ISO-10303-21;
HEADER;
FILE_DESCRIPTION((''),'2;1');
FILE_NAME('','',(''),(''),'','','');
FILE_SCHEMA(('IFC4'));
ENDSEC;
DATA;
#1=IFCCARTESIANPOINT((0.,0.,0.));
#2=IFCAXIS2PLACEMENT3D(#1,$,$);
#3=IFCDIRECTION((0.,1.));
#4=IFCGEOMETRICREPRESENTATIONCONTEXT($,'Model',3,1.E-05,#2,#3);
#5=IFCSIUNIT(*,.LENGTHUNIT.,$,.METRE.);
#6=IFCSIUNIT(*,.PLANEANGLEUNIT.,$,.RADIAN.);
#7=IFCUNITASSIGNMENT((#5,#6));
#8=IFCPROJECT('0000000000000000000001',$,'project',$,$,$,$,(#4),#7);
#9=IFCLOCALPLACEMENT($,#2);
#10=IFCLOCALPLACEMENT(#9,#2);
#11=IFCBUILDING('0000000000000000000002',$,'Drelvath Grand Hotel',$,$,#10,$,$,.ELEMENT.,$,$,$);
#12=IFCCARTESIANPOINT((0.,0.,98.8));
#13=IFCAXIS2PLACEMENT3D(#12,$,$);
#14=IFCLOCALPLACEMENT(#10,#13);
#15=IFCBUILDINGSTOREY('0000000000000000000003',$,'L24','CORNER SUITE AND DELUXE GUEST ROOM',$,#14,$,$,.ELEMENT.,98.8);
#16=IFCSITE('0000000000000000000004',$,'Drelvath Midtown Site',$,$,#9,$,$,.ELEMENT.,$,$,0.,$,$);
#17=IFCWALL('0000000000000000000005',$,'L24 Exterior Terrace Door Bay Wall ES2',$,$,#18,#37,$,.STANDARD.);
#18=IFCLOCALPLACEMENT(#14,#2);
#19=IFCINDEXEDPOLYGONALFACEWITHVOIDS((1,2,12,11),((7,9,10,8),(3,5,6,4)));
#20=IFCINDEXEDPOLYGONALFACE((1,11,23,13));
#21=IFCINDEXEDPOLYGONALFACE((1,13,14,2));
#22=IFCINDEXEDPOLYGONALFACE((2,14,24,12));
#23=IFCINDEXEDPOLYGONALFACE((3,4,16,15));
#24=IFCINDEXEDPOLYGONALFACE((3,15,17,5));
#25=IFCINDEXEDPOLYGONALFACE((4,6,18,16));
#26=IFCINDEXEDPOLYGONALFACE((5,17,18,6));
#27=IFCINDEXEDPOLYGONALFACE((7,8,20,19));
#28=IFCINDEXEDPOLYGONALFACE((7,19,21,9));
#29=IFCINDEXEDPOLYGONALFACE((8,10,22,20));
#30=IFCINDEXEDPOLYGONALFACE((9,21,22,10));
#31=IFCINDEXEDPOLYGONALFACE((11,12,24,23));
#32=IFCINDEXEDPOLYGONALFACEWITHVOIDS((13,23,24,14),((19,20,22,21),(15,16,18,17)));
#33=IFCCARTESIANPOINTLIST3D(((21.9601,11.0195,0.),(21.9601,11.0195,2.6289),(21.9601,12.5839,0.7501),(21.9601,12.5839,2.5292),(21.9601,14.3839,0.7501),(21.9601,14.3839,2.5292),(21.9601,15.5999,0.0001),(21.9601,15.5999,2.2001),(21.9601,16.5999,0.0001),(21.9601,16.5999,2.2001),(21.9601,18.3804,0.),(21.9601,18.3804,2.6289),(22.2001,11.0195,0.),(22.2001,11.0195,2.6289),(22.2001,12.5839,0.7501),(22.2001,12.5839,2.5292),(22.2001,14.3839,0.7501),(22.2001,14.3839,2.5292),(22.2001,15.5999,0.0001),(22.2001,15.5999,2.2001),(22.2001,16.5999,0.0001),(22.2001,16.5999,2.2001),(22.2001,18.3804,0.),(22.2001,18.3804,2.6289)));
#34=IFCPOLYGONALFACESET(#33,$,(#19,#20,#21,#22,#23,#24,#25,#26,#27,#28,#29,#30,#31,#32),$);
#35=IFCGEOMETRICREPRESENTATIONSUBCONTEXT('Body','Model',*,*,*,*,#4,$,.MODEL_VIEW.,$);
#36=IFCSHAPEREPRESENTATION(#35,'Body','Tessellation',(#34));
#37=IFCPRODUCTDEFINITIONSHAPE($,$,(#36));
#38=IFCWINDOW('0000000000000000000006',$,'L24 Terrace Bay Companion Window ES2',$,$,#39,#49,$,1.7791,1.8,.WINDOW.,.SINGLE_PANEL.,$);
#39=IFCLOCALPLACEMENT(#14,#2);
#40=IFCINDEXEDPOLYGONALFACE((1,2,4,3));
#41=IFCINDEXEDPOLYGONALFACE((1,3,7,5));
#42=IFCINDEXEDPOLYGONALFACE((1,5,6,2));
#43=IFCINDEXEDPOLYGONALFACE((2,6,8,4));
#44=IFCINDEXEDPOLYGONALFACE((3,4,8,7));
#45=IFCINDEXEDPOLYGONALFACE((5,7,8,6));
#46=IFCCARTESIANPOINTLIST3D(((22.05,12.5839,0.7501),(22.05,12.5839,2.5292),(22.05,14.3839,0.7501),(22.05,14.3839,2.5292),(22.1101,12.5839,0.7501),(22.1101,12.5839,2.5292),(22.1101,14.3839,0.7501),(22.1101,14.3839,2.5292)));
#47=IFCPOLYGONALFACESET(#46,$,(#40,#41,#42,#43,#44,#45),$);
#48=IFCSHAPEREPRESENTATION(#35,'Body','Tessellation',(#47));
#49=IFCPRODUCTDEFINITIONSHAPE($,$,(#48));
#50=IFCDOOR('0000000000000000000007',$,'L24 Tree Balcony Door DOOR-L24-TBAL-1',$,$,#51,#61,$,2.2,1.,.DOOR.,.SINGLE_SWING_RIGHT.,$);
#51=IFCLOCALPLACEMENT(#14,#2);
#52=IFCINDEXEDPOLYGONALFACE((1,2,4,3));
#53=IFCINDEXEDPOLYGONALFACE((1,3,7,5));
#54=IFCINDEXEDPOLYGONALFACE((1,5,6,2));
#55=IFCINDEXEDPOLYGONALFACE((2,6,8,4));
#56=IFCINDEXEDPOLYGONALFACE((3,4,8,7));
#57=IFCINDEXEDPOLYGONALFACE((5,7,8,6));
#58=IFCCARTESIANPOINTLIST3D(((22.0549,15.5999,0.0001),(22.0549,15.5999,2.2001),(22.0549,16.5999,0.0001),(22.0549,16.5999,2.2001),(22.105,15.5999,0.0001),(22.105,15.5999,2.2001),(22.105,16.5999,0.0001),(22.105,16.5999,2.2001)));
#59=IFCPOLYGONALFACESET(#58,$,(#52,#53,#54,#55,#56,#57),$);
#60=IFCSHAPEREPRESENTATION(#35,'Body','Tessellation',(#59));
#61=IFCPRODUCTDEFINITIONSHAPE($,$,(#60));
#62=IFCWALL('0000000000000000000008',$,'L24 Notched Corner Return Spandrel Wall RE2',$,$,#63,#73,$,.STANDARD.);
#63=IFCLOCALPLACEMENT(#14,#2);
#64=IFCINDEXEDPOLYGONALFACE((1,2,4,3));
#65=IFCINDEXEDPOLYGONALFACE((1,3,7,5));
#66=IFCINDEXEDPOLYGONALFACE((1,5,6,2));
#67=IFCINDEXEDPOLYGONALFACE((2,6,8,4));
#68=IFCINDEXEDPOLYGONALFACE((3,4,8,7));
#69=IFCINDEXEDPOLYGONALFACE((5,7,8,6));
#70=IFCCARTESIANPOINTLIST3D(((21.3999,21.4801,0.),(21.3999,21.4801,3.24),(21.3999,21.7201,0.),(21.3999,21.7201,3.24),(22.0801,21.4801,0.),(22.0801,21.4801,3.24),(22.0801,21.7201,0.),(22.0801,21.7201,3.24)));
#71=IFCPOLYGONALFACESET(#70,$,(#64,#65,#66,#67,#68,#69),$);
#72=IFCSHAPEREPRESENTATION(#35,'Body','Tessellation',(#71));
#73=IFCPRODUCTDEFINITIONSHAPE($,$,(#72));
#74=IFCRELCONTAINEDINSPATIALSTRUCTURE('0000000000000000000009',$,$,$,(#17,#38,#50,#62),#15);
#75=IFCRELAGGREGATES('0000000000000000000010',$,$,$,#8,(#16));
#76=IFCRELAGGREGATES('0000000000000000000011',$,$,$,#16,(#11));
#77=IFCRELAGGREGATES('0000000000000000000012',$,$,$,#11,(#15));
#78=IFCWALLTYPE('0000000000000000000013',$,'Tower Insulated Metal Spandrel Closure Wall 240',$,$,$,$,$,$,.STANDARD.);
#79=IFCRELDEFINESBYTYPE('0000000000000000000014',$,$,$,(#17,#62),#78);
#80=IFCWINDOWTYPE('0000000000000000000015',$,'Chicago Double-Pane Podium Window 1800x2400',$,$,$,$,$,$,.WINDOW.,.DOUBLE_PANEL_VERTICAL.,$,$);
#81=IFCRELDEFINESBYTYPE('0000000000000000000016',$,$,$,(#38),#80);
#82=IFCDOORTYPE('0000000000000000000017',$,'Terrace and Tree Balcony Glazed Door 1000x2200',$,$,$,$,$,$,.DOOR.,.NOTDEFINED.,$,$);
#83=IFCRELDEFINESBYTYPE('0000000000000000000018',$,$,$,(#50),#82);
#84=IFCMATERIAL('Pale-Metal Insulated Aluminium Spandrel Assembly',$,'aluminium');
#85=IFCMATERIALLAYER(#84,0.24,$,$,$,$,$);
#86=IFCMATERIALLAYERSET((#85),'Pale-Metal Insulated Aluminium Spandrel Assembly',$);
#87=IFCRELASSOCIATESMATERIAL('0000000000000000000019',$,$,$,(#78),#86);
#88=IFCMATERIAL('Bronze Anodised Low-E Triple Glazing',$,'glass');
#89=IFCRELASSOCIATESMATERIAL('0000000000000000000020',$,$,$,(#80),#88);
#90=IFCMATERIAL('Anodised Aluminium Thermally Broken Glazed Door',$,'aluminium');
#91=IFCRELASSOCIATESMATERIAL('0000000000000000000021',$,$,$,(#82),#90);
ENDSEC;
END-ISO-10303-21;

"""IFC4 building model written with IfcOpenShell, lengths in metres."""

from ifc_helpers import new_model, si_unit, direction, frame, frame_2d, origin, place, context, subcontext, project, spatial, rectangle, extrude, material, layer, layer_set, type_object, element, fill, save


model = new_model("IFC4")

# Units and contexts
model_context = context("Model", 3, precision=1e-05, world=origin(), true_north=direction((0.0, 1.0)))
body_context = subcontext(model_context, "Body", "Model", "MODEL_VIEW")
ifc_project = project(units=[si_unit("LENGTHUNIT", "METRE"), si_unit("PLANEANGLEUNIT", "RADIAN")], contexts=[model_context])

# Site, building, storey
site_placement = place(None, origin())
site = spatial("IfcSite", under=ifc_project, at=site_placement, Name="Drelvath Midtown Site", CompositionType="ELEMENT", RefElevation=0.0)
building_placement = place(site_placement, origin())
building = spatial("IfcBuilding", under=site, at=building_placement, Name="Drelvath Grand Hotel", CompositionType="ELEMENT")
storey_placement = place(building_placement, frame((0.0, 0.0, 98.8)))
storey = spatial("IfcBuildingStorey", under=building, at=storey_placement, Name="L24", Description="CORNER SUITE AND DELUXE GUEST ROOM", CompositionType="ELEMENT", Elevation=98.8)

# Wall, openings, window, door
ifc_material_1 = material(Name="Pale-Metal Insulated Aluminium Spandrel Assembly", Category="aluminium")
ifc_layer_1 = layer(ifc_material_1, 0.24)
ifc_layer_set_1 = layer_set([ifc_layer_1], Name="Pale-Metal Insulated Aluminium Spandrel Assembly")
wall_type_1 = type_object("IfcWallType", Name="Tower Insulated Metal Spandrel Closure Wall 240", PredefinedType="STANDARD", material=ifc_layer_set_1)
wall_1_placement = place(storey_placement, frame((22.0801, 18.3804, 0.0), z_axis=(0.0, 0.0, 1.0), x_axis=(0.0, -1.0, 0.0)))
wall_1 = element("IfcWall", 1, at=wall_1_placement, inside=storey, type_object=wall_type_1, Name="L24 Exterior Terrace Door Bay Wall ES2", PredefinedType="STANDARD", context=body_context, shape_type="SweptSolid", body=[
    extrude(rectangle(XDim=7.3608, YDim=0.24, at=frame_2d((3.6804, 0.0))), origin(), (0.0, 0.0, 1.0), 2.6289),
])
opening_1_placement = place(wall_1_placement, frame((1.7805, 0.0, 0.0)))
opening_1 = element("IfcOpeningElement", 2, at=opening_1_placement, cuts=wall_1, PredefinedType="OPENING", context=body_context, shape_type="SweptSolid", body=[
    extrude(rectangle(XDim=1.0, YDim=2.2, at=frame_2d((0.5, 1.1001))), frame((0.0, 0.1299, 0.0), z_axis=(0.0, -1.0, 0.0), x_axis=(1.0, 0.0, 0.0)), (0.0, 0.0, 1.0), 0.26),
])
opening_2_placement = place(wall_1_placement, frame((3.9966, 0.0, 0.75)))
opening_2 = element("IfcOpeningElement", 3, at=opening_2_placement, cuts=wall_1, PredefinedType="OPENING", context=body_context, shape_type="SweptSolid", body=[
    extrude(rectangle(XDim=1.8, YDim=1.7791, at=frame_2d((0.8999, 0.8896))), frame((0.0, 0.1299, 0.0), z_axis=(0.0, -1.0, 0.0), x_axis=(1.0, 0.0, 0.0)), (0.0, 0.0, 1.0), 0.26),
])
ifc_material_2 = material(Name="Bronze Anodised Low-E Triple Glazing", Category="glass")
window_type = type_object("IfcWindowType", Name="Chicago Double-Pane Podium Window 1800x2400", PartitioningType="DOUBLE_PANEL_VERTICAL", PredefinedType="WINDOW", material=ifc_material_2)
window_placement = place(opening_2_placement, origin())
window = element("IfcWindow", 4, at=window_placement, inside=storey, type_object=window_type, Name="L24 Terrace Bay Companion Window ES2", OverallHeight=1.7791, OverallWidth=1.8, PartitioningType="SINGLE_PANEL", PredefinedType="WINDOW", context=body_context, shape_type="SweptSolid", body=[
    extrude(rectangle(XDim=1.8, YDim=1.7791, at=frame_2d((0.8999, 0.8896))), frame((0.0, 0.03, 0.0), z_axis=(0.0, -1.0, 0.0), x_axis=(1.0, 0.0, 0.0)), (0.0, 0.0, 1.0), 0.0601),
])
fill(opening_2, window)
ifc_material_3 = material(Name="Anodised Aluminium Thermally Broken Glazed Door", Category="aluminium")
door_type_1 = type_object("IfcDoorType", Name="Terrace and Tree Balcony Glazed Door 1000x2200", OperationType="NOTDEFINED", PredefinedType="DOOR", material=ifc_material_3)
door_1_placement = place(opening_1_placement, origin())
door_1 = element("IfcDoor", 5, at=door_1_placement, inside=storey, type_object=door_type_1, Name="L24 Tree Balcony Door DOOR-L24-TBAL-1", OperationType="SINGLE_SWING_RIGHT", OverallHeight=2.2, OverallWidth=1.0, PredefinedType="DOOR", context=body_context, shape_type="SweptSolid", body=[
    extrude(rectangle(XDim=1.0, YDim=2.2, at=frame_2d((0.5, 1.1001))), frame((0.0, 0.0249, 0.0), z_axis=(0.0, -1.0, 0.0), x_axis=(1.0, 0.0, 0.0)), (0.0, 0.0, 1.0), 0.05),
])
fill(opening_1, door_1)

# Wall
wall_2_placement = place(storey_placement, frame((21.3999, 21.6001, 0.0), z_axis=(0.0, 0.0, 1.0), x_axis=(1.0, 0.0, 0.0)))
element("IfcWall", 6, at=wall_2_placement, inside=storey, type_object=wall_type_1, Name="L24 Notched Corner Return Spandrel Wall RE2", PredefinedType="STANDARD", context=body_context, shape_type="SweptSolid", body=[
    extrude(rectangle(XDim=0.6802, YDim=0.24, at=frame_2d((0.3401, 0.0))), origin(), (0.0, 0.0, 1.0), 3.24),
])

save(model, "model.ifc")
